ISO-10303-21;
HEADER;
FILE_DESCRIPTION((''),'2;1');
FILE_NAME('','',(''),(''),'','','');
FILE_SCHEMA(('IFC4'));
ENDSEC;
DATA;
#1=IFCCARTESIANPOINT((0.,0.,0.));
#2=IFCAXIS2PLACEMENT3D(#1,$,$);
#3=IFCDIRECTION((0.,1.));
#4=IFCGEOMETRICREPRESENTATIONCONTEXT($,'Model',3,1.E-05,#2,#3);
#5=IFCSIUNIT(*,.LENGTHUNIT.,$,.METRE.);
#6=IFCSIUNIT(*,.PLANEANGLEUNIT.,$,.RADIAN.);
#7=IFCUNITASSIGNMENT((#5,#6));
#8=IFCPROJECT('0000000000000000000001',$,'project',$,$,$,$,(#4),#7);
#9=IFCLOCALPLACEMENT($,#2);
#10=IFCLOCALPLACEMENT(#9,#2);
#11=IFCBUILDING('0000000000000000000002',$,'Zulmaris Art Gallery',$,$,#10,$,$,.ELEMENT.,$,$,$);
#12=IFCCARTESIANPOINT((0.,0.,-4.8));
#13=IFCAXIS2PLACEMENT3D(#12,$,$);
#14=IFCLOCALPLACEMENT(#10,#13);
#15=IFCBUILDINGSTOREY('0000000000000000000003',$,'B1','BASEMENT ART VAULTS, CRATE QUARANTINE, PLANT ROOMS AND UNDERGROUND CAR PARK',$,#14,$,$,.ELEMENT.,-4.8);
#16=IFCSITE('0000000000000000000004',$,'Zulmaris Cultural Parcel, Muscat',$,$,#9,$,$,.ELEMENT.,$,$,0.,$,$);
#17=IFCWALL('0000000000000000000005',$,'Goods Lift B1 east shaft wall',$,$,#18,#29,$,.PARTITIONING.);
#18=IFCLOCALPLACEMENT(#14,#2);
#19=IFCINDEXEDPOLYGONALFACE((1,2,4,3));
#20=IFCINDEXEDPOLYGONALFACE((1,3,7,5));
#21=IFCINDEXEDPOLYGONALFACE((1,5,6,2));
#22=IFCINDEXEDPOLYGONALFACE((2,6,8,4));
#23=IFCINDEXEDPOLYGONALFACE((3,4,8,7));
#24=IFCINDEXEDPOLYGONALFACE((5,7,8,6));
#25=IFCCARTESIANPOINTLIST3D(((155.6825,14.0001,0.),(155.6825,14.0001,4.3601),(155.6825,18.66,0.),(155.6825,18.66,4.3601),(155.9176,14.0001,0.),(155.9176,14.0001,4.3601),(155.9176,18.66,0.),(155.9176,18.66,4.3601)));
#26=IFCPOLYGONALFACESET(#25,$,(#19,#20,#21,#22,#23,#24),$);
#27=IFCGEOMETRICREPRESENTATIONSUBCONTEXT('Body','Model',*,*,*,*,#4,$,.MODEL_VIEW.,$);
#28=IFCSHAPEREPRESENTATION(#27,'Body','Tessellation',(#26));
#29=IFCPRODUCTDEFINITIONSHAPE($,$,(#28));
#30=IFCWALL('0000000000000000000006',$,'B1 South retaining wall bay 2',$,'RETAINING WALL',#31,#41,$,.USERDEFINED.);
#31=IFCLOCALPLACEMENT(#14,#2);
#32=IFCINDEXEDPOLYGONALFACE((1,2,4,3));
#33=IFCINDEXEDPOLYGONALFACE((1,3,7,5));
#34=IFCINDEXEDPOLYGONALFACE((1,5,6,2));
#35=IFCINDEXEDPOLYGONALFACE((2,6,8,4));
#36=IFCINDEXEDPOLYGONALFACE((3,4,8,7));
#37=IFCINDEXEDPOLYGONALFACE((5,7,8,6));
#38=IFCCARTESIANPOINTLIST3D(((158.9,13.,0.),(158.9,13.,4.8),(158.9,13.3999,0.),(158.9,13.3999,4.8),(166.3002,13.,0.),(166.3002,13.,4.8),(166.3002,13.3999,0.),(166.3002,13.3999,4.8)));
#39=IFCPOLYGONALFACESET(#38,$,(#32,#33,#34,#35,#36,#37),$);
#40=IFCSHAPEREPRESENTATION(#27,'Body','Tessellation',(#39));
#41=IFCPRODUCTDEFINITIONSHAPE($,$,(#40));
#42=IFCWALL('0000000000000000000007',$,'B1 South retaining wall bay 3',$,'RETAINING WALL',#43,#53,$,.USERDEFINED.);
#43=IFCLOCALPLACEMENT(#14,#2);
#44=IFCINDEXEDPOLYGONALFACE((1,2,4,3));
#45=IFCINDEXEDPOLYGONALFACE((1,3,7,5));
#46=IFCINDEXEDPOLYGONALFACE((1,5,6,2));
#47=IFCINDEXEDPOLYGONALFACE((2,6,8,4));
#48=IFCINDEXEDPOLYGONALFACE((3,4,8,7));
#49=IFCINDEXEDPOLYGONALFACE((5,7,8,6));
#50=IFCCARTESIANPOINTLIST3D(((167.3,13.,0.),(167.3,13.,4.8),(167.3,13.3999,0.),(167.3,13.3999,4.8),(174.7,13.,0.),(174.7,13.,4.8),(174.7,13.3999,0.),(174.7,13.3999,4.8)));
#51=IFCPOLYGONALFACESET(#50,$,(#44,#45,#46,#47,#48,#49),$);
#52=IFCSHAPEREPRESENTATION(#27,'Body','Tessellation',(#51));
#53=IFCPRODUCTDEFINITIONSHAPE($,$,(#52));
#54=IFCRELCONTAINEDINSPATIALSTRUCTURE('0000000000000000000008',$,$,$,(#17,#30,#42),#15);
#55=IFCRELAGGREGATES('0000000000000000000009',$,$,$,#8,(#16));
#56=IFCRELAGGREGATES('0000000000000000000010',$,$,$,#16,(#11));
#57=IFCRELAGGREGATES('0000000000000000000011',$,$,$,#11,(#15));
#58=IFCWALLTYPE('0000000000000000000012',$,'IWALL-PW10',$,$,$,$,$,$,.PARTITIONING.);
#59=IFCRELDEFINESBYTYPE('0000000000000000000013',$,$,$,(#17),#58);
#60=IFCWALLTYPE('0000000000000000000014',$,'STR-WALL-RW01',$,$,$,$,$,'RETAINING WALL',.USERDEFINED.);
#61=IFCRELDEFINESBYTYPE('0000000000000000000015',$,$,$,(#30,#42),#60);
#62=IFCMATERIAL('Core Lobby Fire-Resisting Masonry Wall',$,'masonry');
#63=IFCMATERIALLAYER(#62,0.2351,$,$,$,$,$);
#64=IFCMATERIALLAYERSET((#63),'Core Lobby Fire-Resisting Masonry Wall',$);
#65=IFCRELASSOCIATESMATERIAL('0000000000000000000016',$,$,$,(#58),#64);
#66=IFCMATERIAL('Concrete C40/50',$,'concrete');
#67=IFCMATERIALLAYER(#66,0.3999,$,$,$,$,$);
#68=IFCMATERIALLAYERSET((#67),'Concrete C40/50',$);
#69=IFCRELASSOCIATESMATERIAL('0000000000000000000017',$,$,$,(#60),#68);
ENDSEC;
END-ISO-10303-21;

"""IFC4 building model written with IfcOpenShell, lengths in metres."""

from ifc_helpers import new_model, si_unit, direction, frame, frame_2d, origin, place, context, subcontext, project, spatial, rectangle, extrude, material, layer, layer_set, type_object, element, save


model = new_model("IFC4")

# Units and contexts
model_context = context("Model", 3, precision=1e-05, world=origin(), true_north=direction((0.0, 1.0)))
body_context = subcontext(model_context, "Body", "Model", "MODEL_VIEW")
ifc_project = project(units=[si_unit("LENGTHUNIT", "METRE"), si_unit("PLANEANGLEUNIT", "RADIAN")], contexts=[model_context])

# Site, building, storey
site_placement = place(None, origin())
site = spatial("IfcSite", under=ifc_project, at=site_placement, Name="Zulmaris Cultural Parcel, Muscat", CompositionType="ELEMENT", RefElevation=0.0)
building_placement = place(site_placement, origin())
building = spatial("IfcBuilding", under=site, at=building_placement, Name="Zulmaris Art Gallery", CompositionType="ELEMENT")
storey_placement = place(building_placement, frame((0.0, 0.0, -4.8)))
storey = spatial("IfcBuildingStorey", under=building, at=storey_placement, Name="B1", Description="BASEMENT ART VAULTS, CRATE QUARANTINE, PLANT ROOMS AND UNDERGROUND CAR PARK", CompositionType="ELEMENT", Elevation=-4.8)

# Shared definitions
ifc_material_1 = material(Name="Concrete C40/50", Category="concrete")

# Walls
ifc_material_2 = material(Name="Core Lobby Fire-Resisting Masonry Wall", Category="masonry")
ifc_layer_1 = layer(ifc_material_2, 0.2351)
ifc_layer_set_1 = layer_set([ifc_layer_1], Name="Core Lobby Fire-Resisting Masonry Wall")
wall_type_1 = type_object("IfcWallType", Name="IWALL-PW10", PredefinedType="PARTITIONING", material=ifc_layer_set_1)
wall_1_placement = place(storey_placement, frame((155.8, 14.0, 0.0), z_axis=(0.0, 0.0, 1.0), x_axis=(0.0, 1.0, 0.0)))
element("IfcWall", 1, at=wall_1_placement, inside=storey, type_object=wall_type_1, Name="Goods Lift B1 east shaft wall", PredefinedType="PARTITIONING", context=body_context, shape_type="SweptSolid", body=[
    extrude(rectangle(XDim=4.6599, YDim=0.2351, at=frame_2d((2.3301, 0.0))), origin(), (0.0, 0.0, 1.0), 4.3601),
])
ifc_layer_2 = layer(ifc_material_1, 0.3999)
ifc_layer_set_2 = layer_set([ifc_layer_2], Name="Concrete C40/50")
wall_type_2 = type_object("IfcWallType", Name="STR-WALL-RW01", ElementType="RETAINING WALL", PredefinedType="USERDEFINED", material=ifc_layer_set_2)
wall_2_placement = place(storey_placement, frame((158.8999, 13.2, 0.0), z_axis=(0.0, 0.0, 1.0), x_axis=(1.0, 0.0, 0.0)))
element("IfcWall", 2, at=wall_2_placement, inside=storey, type_object=wall_type_2, Name="B1 South retaining wall bay 2", ObjectType="RETAINING WALL", PredefinedType="USERDEFINED", context=body_context, shape_type="SweptSolid", body=[
    extrude(rectangle(XDim=7.4001, YDim=0.3999, at=frame_2d((3.7002, 0.0))), origin(), (0.0, 0.0, 1.0), 4.8),
])
wall_3_placement = place(storey_placement, frame((167.3, 13.2, 0.0), z_axis=(0.0, 0.0, 1.0), x_axis=(1.0, 0.0, 0.0)))
element("IfcWall", 3, at=wall_3_placement, inside=storey, type_object=wall_type_2, Name="B1 South retaining wall bay 3", ObjectType="RETAINING WALL", PredefinedType="USERDEFINED", context=body_context, shape_type="SweptSolid", body=[
    extrude(rectangle(XDim=7.3999, YDim=0.3999, at=frame_2d((3.7, 0.0))), origin(), (0.0, 0.0, 1.0), 4.8),
])

save(model, "model.ifc")
